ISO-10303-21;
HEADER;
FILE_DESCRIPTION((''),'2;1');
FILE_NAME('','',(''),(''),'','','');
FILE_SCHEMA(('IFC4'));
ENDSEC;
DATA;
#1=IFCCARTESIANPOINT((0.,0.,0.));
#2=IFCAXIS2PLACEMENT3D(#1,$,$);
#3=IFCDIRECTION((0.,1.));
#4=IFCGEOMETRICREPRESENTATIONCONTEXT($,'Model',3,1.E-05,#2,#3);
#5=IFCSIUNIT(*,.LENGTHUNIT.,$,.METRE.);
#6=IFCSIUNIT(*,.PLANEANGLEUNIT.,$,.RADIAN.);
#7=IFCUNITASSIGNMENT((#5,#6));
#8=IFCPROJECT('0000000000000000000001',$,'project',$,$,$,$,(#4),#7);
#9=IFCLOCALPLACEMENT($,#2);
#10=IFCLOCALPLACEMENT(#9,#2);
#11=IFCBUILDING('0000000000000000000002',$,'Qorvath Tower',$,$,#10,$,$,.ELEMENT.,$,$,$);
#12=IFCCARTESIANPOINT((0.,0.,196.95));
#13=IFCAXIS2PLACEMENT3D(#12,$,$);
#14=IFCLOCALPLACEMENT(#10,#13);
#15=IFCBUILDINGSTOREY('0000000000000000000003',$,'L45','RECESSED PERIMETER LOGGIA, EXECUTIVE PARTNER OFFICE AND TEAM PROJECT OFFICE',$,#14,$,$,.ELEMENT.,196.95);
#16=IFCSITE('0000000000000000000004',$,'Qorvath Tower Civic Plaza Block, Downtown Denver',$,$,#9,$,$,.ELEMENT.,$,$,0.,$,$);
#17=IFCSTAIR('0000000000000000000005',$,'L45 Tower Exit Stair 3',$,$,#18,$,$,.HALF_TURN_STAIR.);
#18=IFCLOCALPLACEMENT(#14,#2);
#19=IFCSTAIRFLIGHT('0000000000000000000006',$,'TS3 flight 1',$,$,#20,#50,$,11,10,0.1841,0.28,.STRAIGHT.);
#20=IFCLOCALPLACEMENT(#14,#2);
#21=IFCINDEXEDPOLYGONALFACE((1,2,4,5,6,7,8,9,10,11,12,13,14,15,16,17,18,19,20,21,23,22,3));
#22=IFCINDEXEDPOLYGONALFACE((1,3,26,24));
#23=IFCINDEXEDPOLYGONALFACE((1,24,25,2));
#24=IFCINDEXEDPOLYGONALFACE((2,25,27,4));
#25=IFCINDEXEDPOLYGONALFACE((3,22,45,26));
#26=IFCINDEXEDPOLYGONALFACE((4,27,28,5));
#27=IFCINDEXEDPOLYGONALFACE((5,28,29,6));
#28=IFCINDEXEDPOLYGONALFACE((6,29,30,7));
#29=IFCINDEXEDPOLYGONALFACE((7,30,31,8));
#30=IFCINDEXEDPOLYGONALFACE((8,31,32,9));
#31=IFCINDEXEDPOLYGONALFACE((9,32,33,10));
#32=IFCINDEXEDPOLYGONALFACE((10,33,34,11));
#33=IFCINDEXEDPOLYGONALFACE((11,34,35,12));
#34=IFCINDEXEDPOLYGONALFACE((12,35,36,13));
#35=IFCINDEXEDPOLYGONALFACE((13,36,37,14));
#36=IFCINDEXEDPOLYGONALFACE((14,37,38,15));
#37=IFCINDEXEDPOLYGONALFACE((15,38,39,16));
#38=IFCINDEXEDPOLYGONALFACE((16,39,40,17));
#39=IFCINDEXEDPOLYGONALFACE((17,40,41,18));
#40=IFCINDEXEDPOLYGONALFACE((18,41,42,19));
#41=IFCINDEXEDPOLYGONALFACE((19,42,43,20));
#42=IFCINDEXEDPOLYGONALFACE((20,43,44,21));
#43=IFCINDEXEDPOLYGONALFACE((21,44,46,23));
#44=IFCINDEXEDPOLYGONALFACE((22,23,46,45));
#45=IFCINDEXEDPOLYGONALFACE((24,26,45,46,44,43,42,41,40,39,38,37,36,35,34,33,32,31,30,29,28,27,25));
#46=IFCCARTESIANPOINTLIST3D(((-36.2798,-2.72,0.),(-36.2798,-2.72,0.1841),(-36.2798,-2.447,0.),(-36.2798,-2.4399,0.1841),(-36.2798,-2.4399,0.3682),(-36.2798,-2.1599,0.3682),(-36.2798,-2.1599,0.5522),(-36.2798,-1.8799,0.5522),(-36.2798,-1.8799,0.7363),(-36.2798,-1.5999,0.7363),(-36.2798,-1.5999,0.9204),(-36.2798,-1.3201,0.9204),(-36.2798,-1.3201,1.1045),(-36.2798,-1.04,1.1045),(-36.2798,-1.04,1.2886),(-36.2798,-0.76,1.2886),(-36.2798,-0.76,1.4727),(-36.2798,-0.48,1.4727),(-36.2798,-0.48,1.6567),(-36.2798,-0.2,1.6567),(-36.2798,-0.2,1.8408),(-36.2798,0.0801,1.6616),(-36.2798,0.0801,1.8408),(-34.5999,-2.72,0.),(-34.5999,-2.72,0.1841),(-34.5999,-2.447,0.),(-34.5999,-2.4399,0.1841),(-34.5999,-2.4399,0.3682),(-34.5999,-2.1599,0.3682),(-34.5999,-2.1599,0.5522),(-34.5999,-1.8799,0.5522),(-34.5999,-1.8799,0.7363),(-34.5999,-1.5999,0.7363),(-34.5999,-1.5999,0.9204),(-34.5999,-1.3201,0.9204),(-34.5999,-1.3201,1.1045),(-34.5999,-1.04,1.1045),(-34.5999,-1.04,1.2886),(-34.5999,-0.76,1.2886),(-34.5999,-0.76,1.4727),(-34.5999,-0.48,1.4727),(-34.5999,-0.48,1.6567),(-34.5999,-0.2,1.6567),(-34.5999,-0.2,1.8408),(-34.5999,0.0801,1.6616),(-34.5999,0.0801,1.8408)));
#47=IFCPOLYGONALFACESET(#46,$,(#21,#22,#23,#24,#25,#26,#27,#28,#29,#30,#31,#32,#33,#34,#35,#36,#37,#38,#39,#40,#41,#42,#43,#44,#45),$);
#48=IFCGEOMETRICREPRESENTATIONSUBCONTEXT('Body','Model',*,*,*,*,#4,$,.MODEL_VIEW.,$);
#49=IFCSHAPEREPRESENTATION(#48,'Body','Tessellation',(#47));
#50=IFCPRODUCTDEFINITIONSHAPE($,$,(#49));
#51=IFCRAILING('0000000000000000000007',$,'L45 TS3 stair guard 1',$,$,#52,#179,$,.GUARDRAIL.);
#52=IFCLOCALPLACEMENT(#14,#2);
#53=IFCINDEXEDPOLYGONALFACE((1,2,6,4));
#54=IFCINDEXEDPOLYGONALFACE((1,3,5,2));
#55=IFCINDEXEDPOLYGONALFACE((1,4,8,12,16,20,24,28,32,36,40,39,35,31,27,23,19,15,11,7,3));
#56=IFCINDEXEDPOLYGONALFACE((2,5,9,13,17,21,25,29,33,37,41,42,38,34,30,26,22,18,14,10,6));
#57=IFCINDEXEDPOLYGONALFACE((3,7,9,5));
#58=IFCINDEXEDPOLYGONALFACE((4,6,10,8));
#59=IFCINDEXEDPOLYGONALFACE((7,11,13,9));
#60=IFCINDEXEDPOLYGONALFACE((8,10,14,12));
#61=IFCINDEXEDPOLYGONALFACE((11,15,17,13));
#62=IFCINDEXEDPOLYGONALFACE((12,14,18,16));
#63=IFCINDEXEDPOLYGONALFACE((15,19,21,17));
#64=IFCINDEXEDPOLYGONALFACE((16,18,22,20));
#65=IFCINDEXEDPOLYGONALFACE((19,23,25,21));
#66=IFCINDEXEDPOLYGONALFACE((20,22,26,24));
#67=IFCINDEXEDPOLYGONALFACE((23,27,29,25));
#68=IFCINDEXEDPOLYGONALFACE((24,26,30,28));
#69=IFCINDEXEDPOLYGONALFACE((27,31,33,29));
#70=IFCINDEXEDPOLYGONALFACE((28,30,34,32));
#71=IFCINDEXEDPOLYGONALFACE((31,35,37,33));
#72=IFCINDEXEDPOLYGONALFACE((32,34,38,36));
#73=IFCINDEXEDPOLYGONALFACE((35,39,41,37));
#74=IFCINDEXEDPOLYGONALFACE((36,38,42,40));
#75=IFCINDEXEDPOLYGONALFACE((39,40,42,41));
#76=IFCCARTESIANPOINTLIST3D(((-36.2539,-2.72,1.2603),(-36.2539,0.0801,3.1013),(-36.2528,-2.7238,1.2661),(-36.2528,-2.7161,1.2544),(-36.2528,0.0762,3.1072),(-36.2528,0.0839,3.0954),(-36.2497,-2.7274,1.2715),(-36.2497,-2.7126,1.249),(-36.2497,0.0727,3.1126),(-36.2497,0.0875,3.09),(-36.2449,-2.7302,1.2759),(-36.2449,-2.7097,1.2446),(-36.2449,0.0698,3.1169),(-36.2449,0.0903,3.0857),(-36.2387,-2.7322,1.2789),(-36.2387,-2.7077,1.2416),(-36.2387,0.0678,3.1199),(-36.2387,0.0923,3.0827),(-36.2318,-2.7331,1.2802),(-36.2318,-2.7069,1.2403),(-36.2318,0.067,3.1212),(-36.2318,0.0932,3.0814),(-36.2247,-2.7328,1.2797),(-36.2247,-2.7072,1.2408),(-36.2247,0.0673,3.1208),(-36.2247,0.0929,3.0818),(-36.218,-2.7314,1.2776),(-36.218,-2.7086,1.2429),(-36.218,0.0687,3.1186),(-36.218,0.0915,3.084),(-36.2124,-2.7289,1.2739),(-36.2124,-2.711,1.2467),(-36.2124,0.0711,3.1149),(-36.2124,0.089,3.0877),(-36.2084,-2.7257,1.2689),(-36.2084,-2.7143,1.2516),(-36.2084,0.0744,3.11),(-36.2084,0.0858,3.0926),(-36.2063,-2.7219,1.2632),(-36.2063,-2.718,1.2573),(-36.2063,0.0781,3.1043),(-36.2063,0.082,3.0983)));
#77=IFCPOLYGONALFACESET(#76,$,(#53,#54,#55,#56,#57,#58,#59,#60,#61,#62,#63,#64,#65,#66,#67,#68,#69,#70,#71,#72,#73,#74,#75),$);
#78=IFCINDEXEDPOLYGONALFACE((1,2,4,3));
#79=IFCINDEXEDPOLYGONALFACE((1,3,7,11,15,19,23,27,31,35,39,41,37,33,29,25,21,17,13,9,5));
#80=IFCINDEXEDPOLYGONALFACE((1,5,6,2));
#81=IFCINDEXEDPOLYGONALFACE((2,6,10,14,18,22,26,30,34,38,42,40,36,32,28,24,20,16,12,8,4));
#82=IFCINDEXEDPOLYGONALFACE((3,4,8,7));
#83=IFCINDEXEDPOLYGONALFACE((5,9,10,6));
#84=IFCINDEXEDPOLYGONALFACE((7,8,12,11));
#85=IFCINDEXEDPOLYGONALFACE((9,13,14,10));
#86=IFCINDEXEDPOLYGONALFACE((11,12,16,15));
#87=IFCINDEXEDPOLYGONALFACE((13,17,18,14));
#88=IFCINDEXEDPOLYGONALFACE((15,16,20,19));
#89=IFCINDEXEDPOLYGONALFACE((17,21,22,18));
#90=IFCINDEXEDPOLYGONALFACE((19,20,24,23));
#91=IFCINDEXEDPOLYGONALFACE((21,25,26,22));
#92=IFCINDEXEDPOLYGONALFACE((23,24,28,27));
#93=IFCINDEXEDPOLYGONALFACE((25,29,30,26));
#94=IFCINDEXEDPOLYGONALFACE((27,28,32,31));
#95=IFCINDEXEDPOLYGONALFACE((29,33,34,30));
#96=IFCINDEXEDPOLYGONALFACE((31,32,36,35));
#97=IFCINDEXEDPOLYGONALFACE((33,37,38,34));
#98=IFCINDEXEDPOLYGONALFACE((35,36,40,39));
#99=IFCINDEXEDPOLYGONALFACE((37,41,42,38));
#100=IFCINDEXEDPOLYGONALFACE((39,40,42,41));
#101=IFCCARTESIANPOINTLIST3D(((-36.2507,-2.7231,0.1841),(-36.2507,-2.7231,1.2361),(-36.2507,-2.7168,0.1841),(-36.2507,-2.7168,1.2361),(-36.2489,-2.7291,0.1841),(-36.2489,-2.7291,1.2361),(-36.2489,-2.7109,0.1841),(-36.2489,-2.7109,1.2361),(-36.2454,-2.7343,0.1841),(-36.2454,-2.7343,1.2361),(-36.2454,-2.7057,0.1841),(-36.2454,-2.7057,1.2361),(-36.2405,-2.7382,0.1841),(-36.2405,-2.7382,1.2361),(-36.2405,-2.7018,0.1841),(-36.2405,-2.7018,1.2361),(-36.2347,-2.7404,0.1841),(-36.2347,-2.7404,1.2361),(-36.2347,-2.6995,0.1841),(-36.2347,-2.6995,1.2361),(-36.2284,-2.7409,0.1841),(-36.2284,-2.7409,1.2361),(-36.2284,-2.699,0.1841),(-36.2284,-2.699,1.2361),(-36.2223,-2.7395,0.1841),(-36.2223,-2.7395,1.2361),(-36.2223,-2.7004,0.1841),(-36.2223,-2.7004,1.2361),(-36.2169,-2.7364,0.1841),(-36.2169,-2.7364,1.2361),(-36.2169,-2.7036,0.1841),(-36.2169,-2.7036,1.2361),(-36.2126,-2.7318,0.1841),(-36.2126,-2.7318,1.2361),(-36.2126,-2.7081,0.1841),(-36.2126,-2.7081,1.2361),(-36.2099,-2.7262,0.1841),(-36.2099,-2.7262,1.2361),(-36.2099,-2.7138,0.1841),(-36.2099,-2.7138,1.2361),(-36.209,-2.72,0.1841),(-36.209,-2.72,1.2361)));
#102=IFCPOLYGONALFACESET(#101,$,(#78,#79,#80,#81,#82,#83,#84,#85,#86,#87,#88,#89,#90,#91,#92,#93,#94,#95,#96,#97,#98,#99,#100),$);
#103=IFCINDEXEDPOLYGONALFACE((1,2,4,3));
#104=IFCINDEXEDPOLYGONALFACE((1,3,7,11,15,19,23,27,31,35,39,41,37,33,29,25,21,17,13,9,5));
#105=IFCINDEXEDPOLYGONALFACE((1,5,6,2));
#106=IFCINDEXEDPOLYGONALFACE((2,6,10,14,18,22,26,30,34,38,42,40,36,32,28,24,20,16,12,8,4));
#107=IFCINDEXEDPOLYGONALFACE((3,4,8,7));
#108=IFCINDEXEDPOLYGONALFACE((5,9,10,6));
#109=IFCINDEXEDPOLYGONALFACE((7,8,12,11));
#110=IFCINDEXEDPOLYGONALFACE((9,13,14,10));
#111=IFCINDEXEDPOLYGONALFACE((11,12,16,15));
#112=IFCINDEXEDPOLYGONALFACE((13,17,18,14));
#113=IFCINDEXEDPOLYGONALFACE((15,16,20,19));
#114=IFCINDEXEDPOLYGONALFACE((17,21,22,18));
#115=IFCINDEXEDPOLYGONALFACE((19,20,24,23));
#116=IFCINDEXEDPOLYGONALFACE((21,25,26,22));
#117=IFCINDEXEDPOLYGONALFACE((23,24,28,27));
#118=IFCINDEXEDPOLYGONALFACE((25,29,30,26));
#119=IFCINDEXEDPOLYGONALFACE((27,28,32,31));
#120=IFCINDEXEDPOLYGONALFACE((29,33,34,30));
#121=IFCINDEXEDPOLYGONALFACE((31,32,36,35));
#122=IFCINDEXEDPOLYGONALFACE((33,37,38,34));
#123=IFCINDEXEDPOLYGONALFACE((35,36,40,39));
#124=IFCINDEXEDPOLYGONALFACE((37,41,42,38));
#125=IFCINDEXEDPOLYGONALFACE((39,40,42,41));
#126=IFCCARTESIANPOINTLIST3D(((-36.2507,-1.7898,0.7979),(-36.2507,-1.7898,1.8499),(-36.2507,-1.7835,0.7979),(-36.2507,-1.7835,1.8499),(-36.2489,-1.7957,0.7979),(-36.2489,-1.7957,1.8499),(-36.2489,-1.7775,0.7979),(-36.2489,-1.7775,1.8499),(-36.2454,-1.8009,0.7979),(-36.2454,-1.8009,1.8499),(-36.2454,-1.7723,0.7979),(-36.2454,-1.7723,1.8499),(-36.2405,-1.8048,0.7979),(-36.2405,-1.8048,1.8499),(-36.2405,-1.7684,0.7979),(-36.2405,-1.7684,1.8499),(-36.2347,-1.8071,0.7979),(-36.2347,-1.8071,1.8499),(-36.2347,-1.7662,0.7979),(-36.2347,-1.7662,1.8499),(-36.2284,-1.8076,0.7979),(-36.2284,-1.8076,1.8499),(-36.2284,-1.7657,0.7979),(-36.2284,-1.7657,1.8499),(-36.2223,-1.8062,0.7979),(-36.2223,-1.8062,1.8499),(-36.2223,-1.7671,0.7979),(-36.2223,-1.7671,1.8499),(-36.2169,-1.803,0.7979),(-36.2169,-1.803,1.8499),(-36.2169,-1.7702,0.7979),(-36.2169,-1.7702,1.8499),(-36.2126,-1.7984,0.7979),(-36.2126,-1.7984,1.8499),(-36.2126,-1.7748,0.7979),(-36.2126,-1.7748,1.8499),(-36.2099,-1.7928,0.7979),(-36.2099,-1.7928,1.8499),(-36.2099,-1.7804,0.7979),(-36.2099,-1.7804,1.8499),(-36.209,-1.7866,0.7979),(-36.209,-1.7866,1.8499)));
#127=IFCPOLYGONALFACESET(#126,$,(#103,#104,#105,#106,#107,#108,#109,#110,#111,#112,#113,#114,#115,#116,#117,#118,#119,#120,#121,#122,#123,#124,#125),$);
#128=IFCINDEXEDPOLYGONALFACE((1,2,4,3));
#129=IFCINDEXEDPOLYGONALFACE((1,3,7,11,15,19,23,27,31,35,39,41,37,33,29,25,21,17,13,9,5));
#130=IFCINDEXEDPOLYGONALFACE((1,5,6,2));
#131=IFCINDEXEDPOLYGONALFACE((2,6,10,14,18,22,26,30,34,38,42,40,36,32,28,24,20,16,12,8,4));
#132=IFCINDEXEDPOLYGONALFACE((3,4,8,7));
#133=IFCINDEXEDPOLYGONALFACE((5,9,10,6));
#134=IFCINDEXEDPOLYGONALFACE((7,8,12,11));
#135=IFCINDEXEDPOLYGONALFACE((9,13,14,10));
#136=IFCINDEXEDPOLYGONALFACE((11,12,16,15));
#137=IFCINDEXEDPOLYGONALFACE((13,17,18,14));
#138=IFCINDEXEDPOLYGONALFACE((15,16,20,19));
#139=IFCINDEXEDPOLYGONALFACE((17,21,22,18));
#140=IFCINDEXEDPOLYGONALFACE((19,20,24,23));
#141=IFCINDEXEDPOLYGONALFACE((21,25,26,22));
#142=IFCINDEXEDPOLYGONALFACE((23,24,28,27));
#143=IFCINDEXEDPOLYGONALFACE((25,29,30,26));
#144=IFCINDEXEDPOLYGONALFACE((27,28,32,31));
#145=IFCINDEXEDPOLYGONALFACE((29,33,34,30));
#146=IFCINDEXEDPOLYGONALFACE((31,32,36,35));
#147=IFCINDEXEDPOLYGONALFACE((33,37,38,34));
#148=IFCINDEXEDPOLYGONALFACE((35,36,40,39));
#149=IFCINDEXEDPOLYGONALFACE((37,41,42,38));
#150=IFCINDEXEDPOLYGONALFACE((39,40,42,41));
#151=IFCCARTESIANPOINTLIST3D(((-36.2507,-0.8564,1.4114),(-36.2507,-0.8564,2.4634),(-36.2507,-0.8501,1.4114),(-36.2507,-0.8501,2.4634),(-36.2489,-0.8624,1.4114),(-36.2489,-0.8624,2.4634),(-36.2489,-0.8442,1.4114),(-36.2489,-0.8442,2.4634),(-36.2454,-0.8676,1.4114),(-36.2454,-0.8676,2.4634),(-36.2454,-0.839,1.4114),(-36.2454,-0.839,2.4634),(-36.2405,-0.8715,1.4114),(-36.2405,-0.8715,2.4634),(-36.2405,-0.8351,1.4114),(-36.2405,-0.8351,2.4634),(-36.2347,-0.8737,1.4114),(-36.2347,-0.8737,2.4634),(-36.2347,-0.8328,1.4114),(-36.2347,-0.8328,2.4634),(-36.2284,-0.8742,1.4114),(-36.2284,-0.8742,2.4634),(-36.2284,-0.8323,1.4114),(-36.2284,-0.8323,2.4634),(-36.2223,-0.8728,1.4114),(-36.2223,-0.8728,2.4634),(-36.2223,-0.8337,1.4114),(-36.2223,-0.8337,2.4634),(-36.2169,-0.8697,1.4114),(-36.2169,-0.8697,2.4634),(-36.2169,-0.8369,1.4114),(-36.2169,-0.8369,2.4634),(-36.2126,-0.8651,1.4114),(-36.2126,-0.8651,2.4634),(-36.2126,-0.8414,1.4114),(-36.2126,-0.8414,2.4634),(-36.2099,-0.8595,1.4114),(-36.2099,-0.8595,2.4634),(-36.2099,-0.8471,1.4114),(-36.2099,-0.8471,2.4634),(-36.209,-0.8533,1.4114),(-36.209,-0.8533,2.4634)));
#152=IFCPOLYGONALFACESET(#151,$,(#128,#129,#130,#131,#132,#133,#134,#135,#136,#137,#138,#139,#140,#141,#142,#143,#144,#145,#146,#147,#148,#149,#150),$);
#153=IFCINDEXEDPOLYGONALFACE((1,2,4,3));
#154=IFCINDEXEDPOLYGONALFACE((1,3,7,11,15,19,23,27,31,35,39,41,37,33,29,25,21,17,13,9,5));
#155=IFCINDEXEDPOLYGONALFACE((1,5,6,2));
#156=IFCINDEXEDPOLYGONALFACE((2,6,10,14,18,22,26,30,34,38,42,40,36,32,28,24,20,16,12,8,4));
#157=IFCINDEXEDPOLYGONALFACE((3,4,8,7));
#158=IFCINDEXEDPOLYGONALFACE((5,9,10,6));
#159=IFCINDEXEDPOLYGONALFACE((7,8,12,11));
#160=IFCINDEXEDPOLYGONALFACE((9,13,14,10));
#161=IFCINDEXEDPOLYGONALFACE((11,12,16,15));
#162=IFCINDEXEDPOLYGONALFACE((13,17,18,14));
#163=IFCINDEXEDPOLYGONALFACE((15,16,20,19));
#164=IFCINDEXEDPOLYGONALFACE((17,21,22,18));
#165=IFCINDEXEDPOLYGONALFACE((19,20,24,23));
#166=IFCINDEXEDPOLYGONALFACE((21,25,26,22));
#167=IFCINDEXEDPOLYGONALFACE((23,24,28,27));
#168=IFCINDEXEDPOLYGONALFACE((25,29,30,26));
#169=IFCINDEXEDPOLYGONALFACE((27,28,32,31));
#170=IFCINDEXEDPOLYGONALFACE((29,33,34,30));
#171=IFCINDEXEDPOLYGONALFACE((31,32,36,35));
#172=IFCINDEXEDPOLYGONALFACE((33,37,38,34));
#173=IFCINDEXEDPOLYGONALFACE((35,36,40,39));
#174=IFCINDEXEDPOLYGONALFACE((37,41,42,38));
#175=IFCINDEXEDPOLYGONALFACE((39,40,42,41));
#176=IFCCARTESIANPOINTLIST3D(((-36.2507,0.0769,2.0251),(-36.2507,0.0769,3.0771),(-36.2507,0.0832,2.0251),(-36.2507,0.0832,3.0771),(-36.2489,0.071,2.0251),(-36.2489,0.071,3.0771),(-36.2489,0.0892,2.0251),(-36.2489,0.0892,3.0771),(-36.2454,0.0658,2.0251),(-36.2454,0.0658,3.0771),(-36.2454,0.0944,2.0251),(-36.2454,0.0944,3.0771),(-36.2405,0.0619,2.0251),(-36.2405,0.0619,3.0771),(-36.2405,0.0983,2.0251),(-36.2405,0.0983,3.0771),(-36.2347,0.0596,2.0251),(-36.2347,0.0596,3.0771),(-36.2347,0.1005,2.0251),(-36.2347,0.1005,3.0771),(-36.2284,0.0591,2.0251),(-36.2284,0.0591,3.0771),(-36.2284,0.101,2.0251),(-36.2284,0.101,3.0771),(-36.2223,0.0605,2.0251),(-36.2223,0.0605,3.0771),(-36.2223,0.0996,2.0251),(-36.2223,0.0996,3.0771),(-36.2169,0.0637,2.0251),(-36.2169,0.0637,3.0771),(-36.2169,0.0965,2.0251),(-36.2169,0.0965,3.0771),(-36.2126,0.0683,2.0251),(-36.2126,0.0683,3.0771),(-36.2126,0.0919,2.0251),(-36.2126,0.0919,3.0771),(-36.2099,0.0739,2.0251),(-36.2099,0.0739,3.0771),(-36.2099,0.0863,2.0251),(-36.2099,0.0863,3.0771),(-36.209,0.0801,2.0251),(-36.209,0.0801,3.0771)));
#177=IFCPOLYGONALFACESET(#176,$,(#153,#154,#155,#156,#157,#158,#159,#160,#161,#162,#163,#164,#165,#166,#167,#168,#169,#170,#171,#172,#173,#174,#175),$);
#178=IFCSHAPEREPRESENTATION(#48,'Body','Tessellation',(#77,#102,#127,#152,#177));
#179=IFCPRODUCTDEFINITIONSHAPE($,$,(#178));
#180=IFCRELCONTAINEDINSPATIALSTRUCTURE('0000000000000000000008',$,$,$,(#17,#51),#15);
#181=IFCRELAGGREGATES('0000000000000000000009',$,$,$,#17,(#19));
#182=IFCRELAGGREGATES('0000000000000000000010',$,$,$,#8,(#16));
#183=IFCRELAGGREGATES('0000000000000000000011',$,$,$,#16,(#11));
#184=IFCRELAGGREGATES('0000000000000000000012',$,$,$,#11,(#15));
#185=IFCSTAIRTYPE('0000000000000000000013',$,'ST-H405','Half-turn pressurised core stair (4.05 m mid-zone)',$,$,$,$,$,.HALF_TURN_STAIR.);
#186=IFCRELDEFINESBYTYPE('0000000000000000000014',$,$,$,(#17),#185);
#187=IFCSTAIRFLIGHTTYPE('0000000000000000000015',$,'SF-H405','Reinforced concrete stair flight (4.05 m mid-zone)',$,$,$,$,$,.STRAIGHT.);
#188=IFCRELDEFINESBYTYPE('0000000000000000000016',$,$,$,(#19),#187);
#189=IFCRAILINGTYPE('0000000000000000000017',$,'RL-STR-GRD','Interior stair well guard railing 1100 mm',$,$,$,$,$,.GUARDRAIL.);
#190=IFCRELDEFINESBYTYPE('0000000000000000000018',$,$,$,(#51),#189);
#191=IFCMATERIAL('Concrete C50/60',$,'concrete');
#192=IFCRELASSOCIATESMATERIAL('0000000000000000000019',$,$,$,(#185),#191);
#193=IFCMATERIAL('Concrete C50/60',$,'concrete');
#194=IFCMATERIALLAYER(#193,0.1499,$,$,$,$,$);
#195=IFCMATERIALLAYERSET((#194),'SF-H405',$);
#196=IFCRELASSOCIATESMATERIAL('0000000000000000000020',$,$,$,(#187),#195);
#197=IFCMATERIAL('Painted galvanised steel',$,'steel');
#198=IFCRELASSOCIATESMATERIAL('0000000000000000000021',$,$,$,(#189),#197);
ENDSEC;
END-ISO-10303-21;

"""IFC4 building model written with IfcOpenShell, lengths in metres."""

from ifc_helpers import new_model, si_unit, direction, frame, origin, origin_2d, place, context, subcontext, project, spatial, polyline, circle, outline, extrude, material, layer, layer_set, type_object, element, aggregate, save


model = new_model("IFC4")

# Units and contexts
model_context = context("Model", 3, precision=1e-05, world=origin(), true_north=direction((0.0, 1.0)))
body_context = subcontext(model_context, "Body", "Model", "MODEL_VIEW")
ifc_project = project(units=[si_unit("LENGTHUNIT", "METRE"), si_unit("PLANEANGLEUNIT", "RADIAN")], contexts=[model_context])

# Site, building, storey
site_placement = place(None, origin())
site = spatial("IfcSite", under=ifc_project, at=site_placement, Name="Qorvath Tower Civic Plaza Block, Downtown Denver", CompositionType="ELEMENT", RefElevation=0.0)
building_placement = place(site_placement, origin())
building = spatial("IfcBuilding", under=site, at=building_placement, Name="Qorvath Tower", CompositionType="ELEMENT")
storey_placement = place(building_placement, frame((0.0, 0.0, 196.95)))
storey = spatial("IfcBuildingStorey", under=building, at=storey_placement, Name="L45", Description="RECESSED PERIMETER LOGGIA, EXECUTIVE PARTNER OFFICE AND TEAM PROJECT OFFICE", CompositionType="ELEMENT", Elevation=196.95)

# Stair, stair flight
ifc_material_1 = material(Name="Concrete C50/60", Category="concrete")
stair_type = type_object("IfcStairType", Name="ST-H405", Description="Half-turn pressurised core stair (4.05 m mid-zone)", PredefinedType="HALF_TURN_STAIR", material=ifc_material_1)
stair_placement = place(storey_placement, origin())
stair = element("IfcStair", 1, at=stair_placement, inside=storey, type_object=stair_type, Name="L45 Tower Exit Stair 3", PredefinedType="HALF_TURN_STAIR")
ifc_material_2 = material(Name="Concrete C50/60", Category="concrete")
ifc_layer_1 = layer(ifc_material_2, 0.1499)
ifc_layer_set_1 = layer_set([ifc_layer_1], Name="SF-H405")
stair_flight_type = type_object("IfcStairFlightType", Name="SF-H405", Description="Reinforced concrete stair flight (4.05 m mid-zone)", PredefinedType="STRAIGHT", material=ifc_layer_set_1)
stair_flight_placement = place(storey_placement, frame((-35.4399, -2.72, 0.0), z_axis=(0.0, 0.0, 1.0), x_axis=(0.0, 1.0, 0.0)))
stair_flight = element("IfcStairFlight", 2, at=stair_flight_placement, type_object=stair_flight_type, Name="TS3 flight 1", NumberOfRisers=11, NumberOfTreads=10, PredefinedType="STRAIGHT", RiserHeight=0.1841, TreadLength=0.28, context=body_context, shape_type="SweptSolid", body=[
    extrude(outline(polyline([(0.0, 0.0), (0.0, 0.1841), (0.28, 0.1841), (0.28, 0.3682), (0.5601, 0.3682), (0.5601, 0.5522), (0.8401, 0.5522), (0.8401, 0.7363), (1.1201, 0.7363), (1.1201, 0.9204), (1.3999, 0.9204), (1.3999, 1.1045), (1.6799, 1.1045), (1.6799, 1.2886), (1.96, 1.2886), (1.96, 1.4727), (2.24, 1.4727), (2.24, 1.6567), (2.52, 1.6567), (2.52, 1.8408), (2.8, 1.8408), (2.8, 2.0249), (2.8, 1.6616), (0.2729, 0.0), (0.0, 0.0)])), frame((0.0, 0.8398, 0.0), z_axis=(0.0, -1.0, 0.0), x_axis=(1.0, 0.0, 0.0)), (0.0, 0.0, 1.0), 1.6799),
])
aggregate(stair, [stair_flight])

# Railing
ifc_material_3 = material(Name="Painted galvanised steel", Category="steel")
railing_type_1 = type_object("IfcRailingType", Name="RL-STR-GRD", Description="Interior stair well guard railing 1100 mm", PredefinedType="GUARDRAIL", material=ifc_material_3)
railing_1_placement = place(storey_placement, frame((-36.23, -2.72, 0.1841)))
element("IfcRailing", 3, at=railing_1_placement, inside=storey, type_object=railing_type_1, Name="L45 TS3 stair guard 1", PredefinedType="GUARDRAIL", context=body_context, shape_type="SweptSolid", body=[
    extrude(circle(Radius=0.0239, at=origin_2d()), frame((0.0, 0.0, 1.0762), z_axis=(0.0, 0.835564, 0.549393), x_axis=(-1.0, 0.0, 0.0)), (0.0, 0.0, 1.0), 3.3511),
    extrude(circle(Radius=0.021, at=origin_2d()), origin(), (0.0, 0.0, 1.0), 1.052),
    extrude(circle(Radius=0.021, at=origin_2d()), frame((0.0, 0.9333, 0.6138)), (0.0, 0.0, 1.0), 1.052),
    extrude(circle(Radius=0.021, at=origin_2d()), frame((0.0, 1.8667, 1.2273)), (0.0, 0.0, 1.0), 1.052),
    extrude(circle(Radius=0.021, at=origin_2d()), frame((0.0, 2.8, 1.8411)), (0.0, 0.0, 1.0), 1.052),
])

save(model, "model.ifc")
